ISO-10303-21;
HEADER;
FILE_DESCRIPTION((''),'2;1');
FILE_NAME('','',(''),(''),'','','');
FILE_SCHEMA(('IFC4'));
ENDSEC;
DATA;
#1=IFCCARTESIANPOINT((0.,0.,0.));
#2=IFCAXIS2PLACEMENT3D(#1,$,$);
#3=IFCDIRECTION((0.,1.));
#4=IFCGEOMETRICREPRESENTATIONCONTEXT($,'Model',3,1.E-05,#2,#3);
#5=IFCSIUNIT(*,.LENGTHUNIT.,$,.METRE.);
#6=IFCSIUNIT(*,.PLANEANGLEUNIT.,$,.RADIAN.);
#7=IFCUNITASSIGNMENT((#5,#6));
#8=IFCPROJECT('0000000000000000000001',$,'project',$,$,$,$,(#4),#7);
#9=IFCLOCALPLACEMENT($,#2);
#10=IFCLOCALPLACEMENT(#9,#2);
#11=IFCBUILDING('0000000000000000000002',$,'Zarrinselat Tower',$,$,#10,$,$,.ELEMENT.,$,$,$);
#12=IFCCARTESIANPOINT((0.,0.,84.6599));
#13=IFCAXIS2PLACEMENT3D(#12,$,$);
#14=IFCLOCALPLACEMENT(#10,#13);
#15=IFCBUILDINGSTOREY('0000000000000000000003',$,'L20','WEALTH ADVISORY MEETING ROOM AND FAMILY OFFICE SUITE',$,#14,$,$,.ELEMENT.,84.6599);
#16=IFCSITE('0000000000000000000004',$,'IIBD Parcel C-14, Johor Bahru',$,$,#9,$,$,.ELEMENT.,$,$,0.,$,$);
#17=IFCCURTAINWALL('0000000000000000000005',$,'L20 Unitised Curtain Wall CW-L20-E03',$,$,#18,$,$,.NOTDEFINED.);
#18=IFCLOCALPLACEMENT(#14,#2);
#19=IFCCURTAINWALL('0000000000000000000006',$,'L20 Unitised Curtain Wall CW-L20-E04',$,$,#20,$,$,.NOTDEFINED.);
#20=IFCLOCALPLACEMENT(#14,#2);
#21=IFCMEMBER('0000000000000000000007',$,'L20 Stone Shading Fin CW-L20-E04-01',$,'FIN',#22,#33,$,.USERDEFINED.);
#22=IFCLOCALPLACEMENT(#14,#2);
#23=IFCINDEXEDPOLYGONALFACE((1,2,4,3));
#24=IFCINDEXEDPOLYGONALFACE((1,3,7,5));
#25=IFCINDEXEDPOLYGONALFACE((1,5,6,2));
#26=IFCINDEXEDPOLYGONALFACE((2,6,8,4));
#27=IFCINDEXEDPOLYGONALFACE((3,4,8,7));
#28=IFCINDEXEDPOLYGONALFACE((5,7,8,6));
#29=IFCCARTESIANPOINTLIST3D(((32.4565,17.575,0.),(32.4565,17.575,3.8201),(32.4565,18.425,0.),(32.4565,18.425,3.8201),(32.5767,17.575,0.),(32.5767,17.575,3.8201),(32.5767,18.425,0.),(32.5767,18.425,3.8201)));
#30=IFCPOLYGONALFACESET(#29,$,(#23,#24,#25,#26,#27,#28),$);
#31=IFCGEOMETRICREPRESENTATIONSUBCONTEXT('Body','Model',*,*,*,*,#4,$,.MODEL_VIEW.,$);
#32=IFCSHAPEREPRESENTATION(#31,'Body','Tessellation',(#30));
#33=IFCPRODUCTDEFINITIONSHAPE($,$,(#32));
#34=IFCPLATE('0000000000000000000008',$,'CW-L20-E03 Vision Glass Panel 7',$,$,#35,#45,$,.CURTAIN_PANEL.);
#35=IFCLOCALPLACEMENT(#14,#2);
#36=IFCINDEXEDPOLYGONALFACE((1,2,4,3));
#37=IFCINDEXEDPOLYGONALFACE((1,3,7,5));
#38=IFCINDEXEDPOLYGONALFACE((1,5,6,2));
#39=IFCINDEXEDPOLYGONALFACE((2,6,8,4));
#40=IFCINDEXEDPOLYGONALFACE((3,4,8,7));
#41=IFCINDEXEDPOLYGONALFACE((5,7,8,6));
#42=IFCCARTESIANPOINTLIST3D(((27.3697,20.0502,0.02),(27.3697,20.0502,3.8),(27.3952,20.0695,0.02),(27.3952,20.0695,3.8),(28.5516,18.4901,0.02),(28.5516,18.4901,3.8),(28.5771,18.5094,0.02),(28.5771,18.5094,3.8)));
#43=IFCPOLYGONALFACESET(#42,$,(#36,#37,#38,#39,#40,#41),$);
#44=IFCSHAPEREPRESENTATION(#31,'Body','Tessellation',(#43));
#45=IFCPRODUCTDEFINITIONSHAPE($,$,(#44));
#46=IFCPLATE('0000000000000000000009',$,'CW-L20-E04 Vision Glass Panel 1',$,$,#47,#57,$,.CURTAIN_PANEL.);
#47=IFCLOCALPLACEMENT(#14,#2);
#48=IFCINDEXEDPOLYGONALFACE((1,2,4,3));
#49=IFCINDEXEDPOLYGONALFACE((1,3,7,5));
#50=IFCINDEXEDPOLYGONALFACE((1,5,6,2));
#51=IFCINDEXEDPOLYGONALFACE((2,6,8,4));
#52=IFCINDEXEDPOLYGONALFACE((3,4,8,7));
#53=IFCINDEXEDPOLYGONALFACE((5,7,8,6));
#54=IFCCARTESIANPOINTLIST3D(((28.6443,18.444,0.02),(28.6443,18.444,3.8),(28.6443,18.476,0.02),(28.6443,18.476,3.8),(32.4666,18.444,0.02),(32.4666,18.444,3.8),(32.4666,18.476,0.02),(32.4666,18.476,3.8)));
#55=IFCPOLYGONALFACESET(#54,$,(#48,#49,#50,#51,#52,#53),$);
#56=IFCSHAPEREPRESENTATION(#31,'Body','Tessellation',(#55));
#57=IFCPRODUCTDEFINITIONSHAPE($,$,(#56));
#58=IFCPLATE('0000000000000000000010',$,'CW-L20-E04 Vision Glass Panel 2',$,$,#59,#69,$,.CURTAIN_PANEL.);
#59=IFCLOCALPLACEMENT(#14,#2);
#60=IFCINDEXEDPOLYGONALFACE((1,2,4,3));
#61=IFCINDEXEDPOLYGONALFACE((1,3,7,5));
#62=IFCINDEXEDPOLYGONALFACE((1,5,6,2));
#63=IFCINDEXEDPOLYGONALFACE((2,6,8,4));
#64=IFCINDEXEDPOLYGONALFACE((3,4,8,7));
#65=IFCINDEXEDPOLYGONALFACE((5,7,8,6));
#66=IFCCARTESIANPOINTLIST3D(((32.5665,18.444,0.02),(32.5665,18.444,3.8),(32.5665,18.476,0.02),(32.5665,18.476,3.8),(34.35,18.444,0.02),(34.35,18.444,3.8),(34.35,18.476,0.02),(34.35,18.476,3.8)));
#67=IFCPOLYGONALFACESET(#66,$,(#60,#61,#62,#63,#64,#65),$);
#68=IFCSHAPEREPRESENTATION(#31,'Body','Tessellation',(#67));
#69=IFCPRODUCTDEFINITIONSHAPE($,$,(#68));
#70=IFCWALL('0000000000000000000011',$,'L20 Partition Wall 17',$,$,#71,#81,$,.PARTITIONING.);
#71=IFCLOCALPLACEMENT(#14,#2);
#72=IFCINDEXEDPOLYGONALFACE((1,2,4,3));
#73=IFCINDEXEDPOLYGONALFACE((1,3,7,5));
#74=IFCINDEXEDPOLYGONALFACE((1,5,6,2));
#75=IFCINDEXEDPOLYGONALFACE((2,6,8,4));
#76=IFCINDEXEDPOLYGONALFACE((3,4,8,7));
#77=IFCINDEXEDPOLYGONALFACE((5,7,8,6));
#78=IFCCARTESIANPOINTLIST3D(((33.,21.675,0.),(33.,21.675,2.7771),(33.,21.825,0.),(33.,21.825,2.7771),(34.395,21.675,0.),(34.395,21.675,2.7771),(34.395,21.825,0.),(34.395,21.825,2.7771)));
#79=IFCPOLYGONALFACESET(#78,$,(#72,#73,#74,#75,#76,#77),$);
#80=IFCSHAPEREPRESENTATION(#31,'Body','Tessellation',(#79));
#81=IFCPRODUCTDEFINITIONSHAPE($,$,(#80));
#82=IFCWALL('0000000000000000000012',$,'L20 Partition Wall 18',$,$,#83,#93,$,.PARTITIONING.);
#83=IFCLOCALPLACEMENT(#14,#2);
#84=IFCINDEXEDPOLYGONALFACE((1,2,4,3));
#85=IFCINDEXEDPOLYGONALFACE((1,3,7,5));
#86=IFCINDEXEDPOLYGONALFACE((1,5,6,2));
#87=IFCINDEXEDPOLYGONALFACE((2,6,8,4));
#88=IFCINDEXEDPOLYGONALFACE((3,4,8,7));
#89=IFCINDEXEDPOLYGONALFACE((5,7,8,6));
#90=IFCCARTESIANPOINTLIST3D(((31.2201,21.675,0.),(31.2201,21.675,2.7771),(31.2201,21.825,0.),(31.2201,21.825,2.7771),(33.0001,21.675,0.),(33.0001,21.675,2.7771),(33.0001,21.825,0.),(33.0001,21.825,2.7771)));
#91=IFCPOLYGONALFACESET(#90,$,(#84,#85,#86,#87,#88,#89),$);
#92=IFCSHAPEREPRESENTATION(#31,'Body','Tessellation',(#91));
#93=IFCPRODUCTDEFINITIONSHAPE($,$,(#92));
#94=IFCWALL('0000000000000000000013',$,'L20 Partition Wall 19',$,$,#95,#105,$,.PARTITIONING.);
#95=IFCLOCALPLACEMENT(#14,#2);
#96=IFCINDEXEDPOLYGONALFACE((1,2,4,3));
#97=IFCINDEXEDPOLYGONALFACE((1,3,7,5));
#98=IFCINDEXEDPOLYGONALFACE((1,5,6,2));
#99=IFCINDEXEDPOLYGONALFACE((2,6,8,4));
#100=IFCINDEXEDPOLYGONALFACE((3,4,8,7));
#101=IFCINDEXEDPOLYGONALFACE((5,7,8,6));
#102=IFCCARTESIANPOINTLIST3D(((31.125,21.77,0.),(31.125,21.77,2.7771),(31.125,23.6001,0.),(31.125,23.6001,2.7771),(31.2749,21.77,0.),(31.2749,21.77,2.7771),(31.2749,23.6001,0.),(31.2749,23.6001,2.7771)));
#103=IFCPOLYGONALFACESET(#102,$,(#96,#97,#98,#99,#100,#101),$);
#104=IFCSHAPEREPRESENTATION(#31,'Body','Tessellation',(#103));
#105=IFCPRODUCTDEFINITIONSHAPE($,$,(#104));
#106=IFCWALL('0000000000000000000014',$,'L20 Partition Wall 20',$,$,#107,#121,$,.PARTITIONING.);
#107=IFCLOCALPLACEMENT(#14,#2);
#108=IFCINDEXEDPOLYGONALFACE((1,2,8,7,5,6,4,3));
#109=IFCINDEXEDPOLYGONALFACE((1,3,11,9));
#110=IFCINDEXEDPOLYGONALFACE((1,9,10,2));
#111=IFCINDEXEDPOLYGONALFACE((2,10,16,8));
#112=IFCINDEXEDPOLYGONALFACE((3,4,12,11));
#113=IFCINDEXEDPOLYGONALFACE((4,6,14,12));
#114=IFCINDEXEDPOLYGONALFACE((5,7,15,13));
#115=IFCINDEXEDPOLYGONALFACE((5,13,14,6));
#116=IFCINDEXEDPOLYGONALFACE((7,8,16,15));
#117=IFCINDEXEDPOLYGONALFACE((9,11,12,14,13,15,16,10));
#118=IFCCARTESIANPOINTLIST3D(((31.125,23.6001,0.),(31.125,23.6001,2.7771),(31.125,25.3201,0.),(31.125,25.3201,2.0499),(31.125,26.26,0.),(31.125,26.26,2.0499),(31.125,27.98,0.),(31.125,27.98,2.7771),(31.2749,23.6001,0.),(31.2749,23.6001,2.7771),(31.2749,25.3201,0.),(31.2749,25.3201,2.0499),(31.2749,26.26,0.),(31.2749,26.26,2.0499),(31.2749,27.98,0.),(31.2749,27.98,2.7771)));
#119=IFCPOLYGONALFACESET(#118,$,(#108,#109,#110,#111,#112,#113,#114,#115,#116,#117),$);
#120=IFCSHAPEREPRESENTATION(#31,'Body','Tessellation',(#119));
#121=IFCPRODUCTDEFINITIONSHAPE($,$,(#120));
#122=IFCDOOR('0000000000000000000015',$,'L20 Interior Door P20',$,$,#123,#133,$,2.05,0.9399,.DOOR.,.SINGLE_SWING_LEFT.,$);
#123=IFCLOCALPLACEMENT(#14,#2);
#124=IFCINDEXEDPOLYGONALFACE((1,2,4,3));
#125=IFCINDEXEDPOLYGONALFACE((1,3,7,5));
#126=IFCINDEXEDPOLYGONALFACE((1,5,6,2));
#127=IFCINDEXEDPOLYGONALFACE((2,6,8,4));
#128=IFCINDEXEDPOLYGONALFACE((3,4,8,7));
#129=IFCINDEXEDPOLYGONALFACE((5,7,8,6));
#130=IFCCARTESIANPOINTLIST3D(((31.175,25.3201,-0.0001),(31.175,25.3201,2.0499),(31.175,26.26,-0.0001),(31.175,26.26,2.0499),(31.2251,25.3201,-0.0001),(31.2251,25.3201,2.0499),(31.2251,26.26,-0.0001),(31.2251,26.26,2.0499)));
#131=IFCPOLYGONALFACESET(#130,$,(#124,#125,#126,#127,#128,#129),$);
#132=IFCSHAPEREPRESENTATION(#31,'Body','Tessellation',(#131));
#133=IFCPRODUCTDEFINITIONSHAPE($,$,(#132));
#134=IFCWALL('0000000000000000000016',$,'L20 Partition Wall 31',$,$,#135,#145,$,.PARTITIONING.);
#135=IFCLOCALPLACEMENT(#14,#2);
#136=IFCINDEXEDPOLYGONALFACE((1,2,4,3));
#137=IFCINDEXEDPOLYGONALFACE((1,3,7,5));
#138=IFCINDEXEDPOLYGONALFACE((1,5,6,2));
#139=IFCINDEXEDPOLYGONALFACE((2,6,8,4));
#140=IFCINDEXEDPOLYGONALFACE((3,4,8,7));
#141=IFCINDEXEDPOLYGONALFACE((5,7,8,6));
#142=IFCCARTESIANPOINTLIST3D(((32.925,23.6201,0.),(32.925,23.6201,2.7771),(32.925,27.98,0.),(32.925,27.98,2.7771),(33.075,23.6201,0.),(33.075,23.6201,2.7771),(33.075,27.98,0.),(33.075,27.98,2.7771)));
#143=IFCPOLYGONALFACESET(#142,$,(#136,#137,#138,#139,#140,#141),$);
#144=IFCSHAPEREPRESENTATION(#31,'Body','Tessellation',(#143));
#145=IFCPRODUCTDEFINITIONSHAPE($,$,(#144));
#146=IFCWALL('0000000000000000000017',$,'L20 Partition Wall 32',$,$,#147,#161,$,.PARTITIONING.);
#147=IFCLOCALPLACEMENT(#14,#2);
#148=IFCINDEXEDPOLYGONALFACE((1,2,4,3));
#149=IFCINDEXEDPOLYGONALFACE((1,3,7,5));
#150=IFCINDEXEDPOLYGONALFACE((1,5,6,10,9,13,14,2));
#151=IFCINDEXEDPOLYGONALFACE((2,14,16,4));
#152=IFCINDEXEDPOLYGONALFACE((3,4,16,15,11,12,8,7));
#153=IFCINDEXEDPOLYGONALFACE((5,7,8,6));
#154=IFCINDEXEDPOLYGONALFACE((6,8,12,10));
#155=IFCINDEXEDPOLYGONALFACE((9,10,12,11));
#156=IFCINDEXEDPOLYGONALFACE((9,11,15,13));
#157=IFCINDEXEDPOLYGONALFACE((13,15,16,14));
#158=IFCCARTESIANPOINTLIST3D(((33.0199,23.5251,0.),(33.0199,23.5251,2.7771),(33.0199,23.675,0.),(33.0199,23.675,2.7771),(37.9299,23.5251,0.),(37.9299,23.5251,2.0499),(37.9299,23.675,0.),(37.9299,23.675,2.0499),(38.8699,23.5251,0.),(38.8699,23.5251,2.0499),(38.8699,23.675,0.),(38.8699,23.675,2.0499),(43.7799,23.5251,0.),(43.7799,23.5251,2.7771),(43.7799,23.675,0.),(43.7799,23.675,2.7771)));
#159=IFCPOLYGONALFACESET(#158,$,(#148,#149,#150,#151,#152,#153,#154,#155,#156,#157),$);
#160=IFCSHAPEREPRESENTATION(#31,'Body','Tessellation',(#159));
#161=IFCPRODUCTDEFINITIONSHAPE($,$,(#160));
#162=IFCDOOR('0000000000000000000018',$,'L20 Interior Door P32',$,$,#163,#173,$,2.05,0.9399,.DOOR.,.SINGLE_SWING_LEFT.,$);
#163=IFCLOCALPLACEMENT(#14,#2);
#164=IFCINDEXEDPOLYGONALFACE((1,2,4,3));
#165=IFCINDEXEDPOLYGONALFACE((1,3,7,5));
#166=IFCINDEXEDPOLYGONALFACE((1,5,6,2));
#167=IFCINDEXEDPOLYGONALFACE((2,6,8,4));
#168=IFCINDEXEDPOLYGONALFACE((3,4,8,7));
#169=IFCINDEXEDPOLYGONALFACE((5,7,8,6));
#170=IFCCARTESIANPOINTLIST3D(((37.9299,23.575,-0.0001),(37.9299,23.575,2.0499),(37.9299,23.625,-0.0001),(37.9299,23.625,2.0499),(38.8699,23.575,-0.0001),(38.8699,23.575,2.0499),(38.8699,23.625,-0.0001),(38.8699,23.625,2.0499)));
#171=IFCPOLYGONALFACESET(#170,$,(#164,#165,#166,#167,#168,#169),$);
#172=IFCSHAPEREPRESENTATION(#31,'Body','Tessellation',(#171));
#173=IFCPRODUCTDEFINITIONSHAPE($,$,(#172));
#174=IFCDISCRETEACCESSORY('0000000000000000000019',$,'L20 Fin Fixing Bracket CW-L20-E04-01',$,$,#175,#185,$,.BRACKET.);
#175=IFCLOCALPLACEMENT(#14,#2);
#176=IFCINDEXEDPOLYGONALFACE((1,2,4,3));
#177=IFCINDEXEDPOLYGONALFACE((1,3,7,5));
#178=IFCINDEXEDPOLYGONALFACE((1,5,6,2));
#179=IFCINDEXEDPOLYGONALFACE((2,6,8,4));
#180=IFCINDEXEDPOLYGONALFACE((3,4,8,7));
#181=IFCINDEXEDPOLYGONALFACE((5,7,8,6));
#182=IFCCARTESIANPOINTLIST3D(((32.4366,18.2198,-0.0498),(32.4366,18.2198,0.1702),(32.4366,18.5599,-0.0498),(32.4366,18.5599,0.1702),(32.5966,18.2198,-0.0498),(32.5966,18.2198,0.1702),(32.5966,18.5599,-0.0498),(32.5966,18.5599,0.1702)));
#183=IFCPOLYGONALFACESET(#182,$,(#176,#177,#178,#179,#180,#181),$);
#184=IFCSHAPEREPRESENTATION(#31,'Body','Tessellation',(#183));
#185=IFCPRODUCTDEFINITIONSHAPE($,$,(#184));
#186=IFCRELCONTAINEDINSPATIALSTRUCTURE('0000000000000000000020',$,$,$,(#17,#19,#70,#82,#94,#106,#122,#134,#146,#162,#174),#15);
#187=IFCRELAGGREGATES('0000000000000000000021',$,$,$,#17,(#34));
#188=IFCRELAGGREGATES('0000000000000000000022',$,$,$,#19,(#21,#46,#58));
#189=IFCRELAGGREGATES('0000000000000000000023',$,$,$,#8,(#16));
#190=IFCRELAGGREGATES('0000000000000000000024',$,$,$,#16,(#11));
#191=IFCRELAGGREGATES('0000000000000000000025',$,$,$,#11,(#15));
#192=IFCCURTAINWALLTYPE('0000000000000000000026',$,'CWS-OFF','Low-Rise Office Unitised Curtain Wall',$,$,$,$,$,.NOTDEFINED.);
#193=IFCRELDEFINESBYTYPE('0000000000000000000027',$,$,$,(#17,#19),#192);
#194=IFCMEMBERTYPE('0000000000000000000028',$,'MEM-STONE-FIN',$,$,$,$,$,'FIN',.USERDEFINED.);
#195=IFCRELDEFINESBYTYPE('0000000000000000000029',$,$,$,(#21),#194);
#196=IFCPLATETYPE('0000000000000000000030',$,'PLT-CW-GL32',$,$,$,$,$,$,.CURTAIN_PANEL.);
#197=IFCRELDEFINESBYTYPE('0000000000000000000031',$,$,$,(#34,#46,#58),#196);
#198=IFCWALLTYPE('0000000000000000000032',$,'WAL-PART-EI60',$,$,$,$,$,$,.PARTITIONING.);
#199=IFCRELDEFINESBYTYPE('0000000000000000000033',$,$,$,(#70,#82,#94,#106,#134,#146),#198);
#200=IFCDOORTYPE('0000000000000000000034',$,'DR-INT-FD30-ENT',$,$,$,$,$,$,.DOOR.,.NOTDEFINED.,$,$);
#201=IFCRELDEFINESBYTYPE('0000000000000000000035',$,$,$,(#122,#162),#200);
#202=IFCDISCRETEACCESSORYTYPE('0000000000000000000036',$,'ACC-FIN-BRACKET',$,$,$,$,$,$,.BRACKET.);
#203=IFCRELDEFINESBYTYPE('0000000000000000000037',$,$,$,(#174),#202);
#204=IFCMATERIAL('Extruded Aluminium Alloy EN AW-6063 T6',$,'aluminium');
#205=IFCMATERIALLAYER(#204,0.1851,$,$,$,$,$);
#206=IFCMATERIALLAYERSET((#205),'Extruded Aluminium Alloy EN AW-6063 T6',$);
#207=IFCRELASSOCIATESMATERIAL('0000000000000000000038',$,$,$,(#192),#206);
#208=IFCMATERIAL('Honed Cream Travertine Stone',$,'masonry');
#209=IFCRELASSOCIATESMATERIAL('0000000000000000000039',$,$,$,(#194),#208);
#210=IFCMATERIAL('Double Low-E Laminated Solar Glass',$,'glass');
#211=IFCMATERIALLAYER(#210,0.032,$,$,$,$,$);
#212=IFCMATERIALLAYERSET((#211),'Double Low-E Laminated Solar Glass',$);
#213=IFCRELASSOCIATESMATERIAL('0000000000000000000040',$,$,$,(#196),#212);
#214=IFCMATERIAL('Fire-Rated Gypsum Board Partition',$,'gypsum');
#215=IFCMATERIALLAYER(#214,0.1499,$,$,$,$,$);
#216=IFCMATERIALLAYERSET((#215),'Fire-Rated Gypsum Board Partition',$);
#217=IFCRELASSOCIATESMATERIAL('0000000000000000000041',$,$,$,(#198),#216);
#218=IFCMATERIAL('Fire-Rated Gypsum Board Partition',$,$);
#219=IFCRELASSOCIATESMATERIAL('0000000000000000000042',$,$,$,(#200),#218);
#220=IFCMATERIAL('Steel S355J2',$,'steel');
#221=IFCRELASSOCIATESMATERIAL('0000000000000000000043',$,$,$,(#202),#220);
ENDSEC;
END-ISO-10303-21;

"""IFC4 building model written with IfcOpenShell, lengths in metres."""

from ifc_helpers import new_model, si_unit, direction, frame, frame_2d, origin, origin_2d, place, context, subcontext, project, spatial, rectangle, extrude, material, layer, layer_set, material_profile, profile_set, type_object, element, fill, aggregate, save


model = new_model("IFC4")

# Units and contexts
model_context = context("Model", 3, precision=1e-05, world=origin(), true_north=direction((0.0, 1.0)))
body_context = subcontext(model_context, "Body", "Model", "MODEL_VIEW")
ifc_project = project(units=[si_unit("LENGTHUNIT", "METRE"), si_unit("PLANEANGLEUNIT", "RADIAN")], contexts=[model_context])

# Site, building, storey
site_placement = place(None, origin())
site = spatial("IfcSite", under=ifc_project, at=site_placement, Name="IIBD Parcel C-14, Johor Bahru", CompositionType="ELEMENT", RefElevation=0.0)
building_placement = place(site_placement, origin())
building = spatial("IfcBuilding", under=site, at=building_placement, Name="Zarrinselat Tower", CompositionType="ELEMENT")
storey_placement = place(building_placement, frame((0.0, 0.0, 84.6599)))
storey = spatial("IfcBuildingStorey", under=building, at=storey_placement, Name="L20", Description="WEALTH ADVISORY MEETING ROOM AND FAMILY OFFICE SUITE", CompositionType="ELEMENT", Elevation=84.6599)

# Curtain wall
ifc_material_1 = material(Name="Extruded Aluminium Alloy EN AW-6063 T6", Category="aluminium")
ifc_layer_1 = layer(ifc_material_1, 0.1851)
ifc_layer_set_1 = layer_set([ifc_layer_1], Name="Extruded Aluminium Alloy EN AW-6063 T6")
curtain_wall_type = type_object("IfcCurtainWallType", Name="CWS-OFF", Description="Low-Rise Office Unitised Curtain Wall", PredefinedType="NOTDEFINED", material=ifc_layer_set_1)
curtain_wall_1_placement = place(storey_placement, origin())
curtain_wall_1 = element("IfcCurtainWall", 1, at=curtain_wall_1_placement, inside=storey, type_object=curtain_wall_type, Name="L20 Unitised Curtain Wall CW-L20-E03", PredefinedType="NOTDEFINED")

# Curtain wall, member
curtain_wall_2_placement = place(storey_placement, origin())
curtain_wall_2 = element("IfcCurtainWall", 2, at=curtain_wall_2_placement, inside=storey, type_object=curtain_wall_type, Name="L20 Unitised Curtain Wall CW-L20-E04", PredefinedType="NOTDEFINED")
ifc_material_2 = material(Name="Honed Cream Travertine Stone", Category="masonry")
ifc_material_profile_1 = material_profile(ifc_material_2, rectangle(XDim=0.1201, YDim=0.8501, at=origin_2d()), Name="FIN 850x120")
ifc_profile_set_1 = profile_set([ifc_material_profile_1], Name="Honed Cream Travertine Stone")
member_type_1 = type_object("IfcMemberType", Name="MEM-STONE-FIN", ElementType="FIN", PredefinedType="USERDEFINED", material=ifc_profile_set_1)
member_1_placement = place(storey_placement, frame((32.5166, 18.0, 0.0), z_axis=(0.0, 0.0, 1.0), x_axis=(-1.0, 0.0, 0.0)))
member_1 = element("IfcMember", 3, at=member_1_placement, type_object=member_type_1, Name="L20 Stone Shading Fin CW-L20-E04-01", ObjectType="FIN", PredefinedType="USERDEFINED", context=body_context, shape_type="SweptSolid", body=[
    extrude(rectangle(XDim=0.1201, YDim=0.8501, at=origin_2d()), origin(), (0.0, 0.0, 1.0), 3.8201),
])

# Plates
ifc_material_3 = material(Name="Double Low-E Laminated Solar Glass", Category="glass")
ifc_layer_2 = layer(ifc_material_3, 0.032)
ifc_layer_set_2 = layer_set([ifc_layer_2], Name="Double Low-E Laminated Solar Glass")
plate_type = type_object("IfcPlateType", Name="PLT-CW-GL32", PredefinedType="CURTAIN_PANEL", material=ifc_layer_set_2)
plate_1_placement = place(storey_placement, frame((27.9734, 19.2798, 0.02), z_axis=(0.0, 0.0, 1.0), x_axis=(0.603856, -0.797093, 0.0)))
plate_1 = element("IfcPlate", 4, at=plate_1_placement, type_object=plate_type, Name="CW-L20-E03 Vision Glass Panel 7", PredefinedType="CURTAIN_PANEL", context=body_context, shape_type="SweptSolid", body=[
    extrude(rectangle(XDim=1.9573, YDim=0.032, at=origin_2d()), origin(), (0.0, 0.0, 1.0), 3.78),
])
aggregate(curtain_wall_1, [plate_1])
plate_2_placement = place(storey_placement, frame((30.5554, 18.46, 0.02), z_axis=(0.0, 0.0, 1.0), x_axis=(1.0, 0.0, 0.0)))
plate_2 = element("IfcPlate", 5, at=plate_2_placement, type_object=plate_type, Name="CW-L20-E04 Vision Glass Panel 1", PredefinedType="CURTAIN_PANEL", context=body_context, shape_type="SweptSolid", body=[
    extrude(rectangle(XDim=3.8223, YDim=0.032, at=origin_2d()), origin(), (0.0, 0.0, 1.0), 3.78),
])
plate_3_placement = place(storey_placement, frame((33.4583, 18.46, 0.02), z_axis=(0.0, 0.0, 1.0), x_axis=(1.0, 0.0, 0.0)))
plate_3 = element("IfcPlate", 6, at=plate_3_placement, type_object=plate_type, Name="CW-L20-E04 Vision Glass Panel 2", PredefinedType="CURTAIN_PANEL", context=body_context, shape_type="SweptSolid", body=[
    extrude(rectangle(XDim=1.7834, YDim=0.032, at=origin_2d()), origin(), (0.0, 0.0, 1.0), 3.78),
])
aggregate(curtain_wall_2, [member_1, plate_2, plate_3])

# Walls
ifc_material_4 = material(Name="Fire-Rated Gypsum Board Partition", Category="gypsum")
ifc_layer_3 = layer(ifc_material_4, 0.1499)
ifc_layer_set_3 = layer_set([ifc_layer_3], Name="Fire-Rated Gypsum Board Partition")
wall_type = type_object("IfcWallType", Name="WAL-PART-EI60", PredefinedType="PARTITIONING", material=ifc_layer_set_3)
wall_1_placement = place(storey_placement, frame((33.0, 21.75, 0.0), z_axis=(0.0, 0.0, 1.0), x_axis=(1.0, 0.0, 0.0)))
element("IfcWall", 7, at=wall_1_placement, inside=storey, type_object=wall_type, Name="L20 Partition Wall 17", PredefinedType="PARTITIONING", context=body_context, shape_type="SweptSolid", body=[
    extrude(rectangle(XDim=1.395, YDim=0.1499, at=frame_2d((0.6975, 0.0))), origin(), (0.0, 0.0, 1.0), 2.7771),
])
wall_2_placement = place(storey_placement, frame((31.22, 21.75, 0.0), z_axis=(0.0, 0.0, 1.0), x_axis=(1.0, 0.0, 0.0)))
element("IfcWall", 8, at=wall_2_placement, inside=storey, type_object=wall_type, Name="L20 Partition Wall 18", PredefinedType="PARTITIONING", context=body_context, shape_type="SweptSolid", body=[
    extrude(rectangle(XDim=1.78, YDim=0.1499, at=frame_2d((0.8901, 0.0))), origin(), (0.0, 0.0, 1.0), 2.7771),
])
wall_3_placement = place(storey_placement, frame((31.2, 21.77, 0.0), z_axis=(0.0, 0.0, 1.0), x_axis=(0.0, 1.0, 0.0)))
element("IfcWall", 9, at=wall_3_placement, inside=storey, type_object=wall_type, Name="L20 Partition Wall 19", PredefinedType="PARTITIONING", context=body_context, shape_type="SweptSolid", body=[
    extrude(rectangle(XDim=1.8301, YDim=0.1499, at=frame_2d((0.915, 0.0))), origin(), (0.0, 0.0, 1.0), 2.7771),
])

# Wall, opening, door
wall_4_placement = place(storey_placement, frame((31.2, 23.6001, 0.0), z_axis=(0.0, 0.0, 1.0), x_axis=(0.0, 1.0, 0.0)))
wall_4 = element("IfcWall", 10, at=wall_4_placement, inside=storey, type_object=wall_type, Name="L20 Partition Wall 20", PredefinedType="PARTITIONING", context=body_context, shape_type="SweptSolid", body=[
    extrude(rectangle(XDim=4.3799, YDim=0.1499, at=frame_2d((2.1899, 0.0))), origin(), (0.0, 0.0, 1.0), 2.7771),
])
opening_1_placement = place(wall_4_placement, frame((1.72, 0.0, 0.0)))
opening_1 = element("IfcOpeningElement", 11, at=opening_1_placement, cuts=wall_4, PredefinedType="OPENING", context=body_context, shape_type="SweptSolid", body=[
    extrude(rectangle(XDim=0.9399, YDim=2.05, at=frame_2d((0.47, 1.0249))), frame((0.0, 0.085, 0.0), z_axis=(0.0, -1.0, 0.0), x_axis=(1.0, 0.0, 0.0)), (0.0, 0.0, 1.0), 0.1699),
])
ifc_material_5 = material(Name="Fire-Rated Gypsum Board Partition")
door_type = type_object("IfcDoorType", Name="DR-INT-FD30-ENT", OperationType="NOTDEFINED", PredefinedType="DOOR", material=ifc_material_5)
door_1_placement = place(opening_1_placement, origin())
door_1 = element("IfcDoor", 12, at=door_1_placement, inside=storey, type_object=door_type, Name="L20 Interior Door P20", OperationType="SINGLE_SWING_LEFT", OverallHeight=2.05, OverallWidth=0.9399, PredefinedType="DOOR", context=body_context, shape_type="SweptSolid", body=[
    extrude(rectangle(XDim=0.9399, YDim=2.05, at=frame_2d((0.47, 1.0249))), frame((0.0, 0.0249, 0.0), z_axis=(0.0, -1.0, 0.0), x_axis=(1.0, 0.0, 0.0)), (0.0, 0.0, 1.0), 0.05),
])
fill(opening_1, door_1)

# Wall
wall_5_placement = place(storey_placement, frame((33.0, 23.6201, 0.0), z_axis=(0.0, 0.0, 1.0), x_axis=(0.0, 1.0, 0.0)))
element("IfcWall", 13, at=wall_5_placement, inside=storey, type_object=wall_type, Name="L20 Partition Wall 31", PredefinedType="PARTITIONING", context=body_context, shape_type="SweptSolid", body=[
    extrude(rectangle(XDim=4.3599, YDim=0.1499, at=frame_2d((2.1799, 0.0))), origin(), (0.0, 0.0, 1.0), 2.7771),
])

# Wall, opening, door
wall_6_placement = place(storey_placement, frame((33.02, 23.6001, 0.0), z_axis=(0.0, 0.0, 1.0), x_axis=(1.0, 0.0, 0.0)))
wall_6 = element("IfcWall", 14, at=wall_6_placement, inside=storey, type_object=wall_type, Name="L20 Partition Wall 32", PredefinedType="PARTITIONING", context=body_context, shape_type="SweptSolid", body=[
    extrude(rectangle(XDim=10.76, YDim=0.1499, at=frame_2d((5.3799, 0.0))), origin(), (0.0, 0.0, 1.0), 2.7771),
])
opening_2_placement = place(wall_6_placement, frame((4.9099, 0.0, 0.0)))
opening_2 = element("IfcOpeningElement", 15, at=opening_2_placement, cuts=wall_6, PredefinedType="OPENING", context=body_context, shape_type="SweptSolid", body=[
    extrude(rectangle(XDim=0.9399, YDim=2.05, at=frame_2d((0.47, 1.0249))), frame((0.0, 0.085, 0.0), z_axis=(0.0, -1.0, 0.0), x_axis=(1.0, 0.0, 0.0)), (0.0, 0.0, 1.0), 0.1699),
])
door_2_placement = place(opening_2_placement, origin())
door_2 = element("IfcDoor", 16, at=door_2_placement, inside=storey, type_object=door_type, Name="L20 Interior Door P32", OperationType="SINGLE_SWING_LEFT", OverallHeight=2.05, OverallWidth=0.9399, PredefinedType="DOOR", context=body_context, shape_type="SweptSolid", body=[
    extrude(rectangle(XDim=0.9399, YDim=2.05, at=frame_2d((0.47, 1.0249))), frame((0.0, 0.0249, 0.0), z_axis=(0.0, -1.0, 0.0), x_axis=(1.0, 0.0, 0.0)), (0.0, 0.0, 1.0), 0.05),
])
fill(opening_2, door_2)

# Discrete accessory
ifc_material_6 = material(Name="Steel S355J2", Category="steel")
discrete_accessory_type = type_object("IfcDiscreteAccessoryType", Name="ACC-FIN-BRACKET", PredefinedType="BRACKET", material=ifc_material_6)
discrete_accessory_placement = place(storey_placement, frame((32.5166, 18.3899, -0.0498), z_axis=(0.0, 0.0, 1.0), x_axis=(0.0, -1.0, 0.0)))
element("IfcDiscreteAccessory", 17, at=discrete_accessory_placement, inside=storey, type_object=discrete_accessory_type, Name="L20 Fin Fixing Bracket CW-L20-E04-01", PredefinedType="BRACKET", context=body_context, shape_type="SweptSolid", body=[
    extrude(rectangle(XDim=0.3401, YDim=0.1599, at=origin_2d()), origin(), (0.0, 0.0, 1.0), 0.22),
])

save(model, "model.ifc")
